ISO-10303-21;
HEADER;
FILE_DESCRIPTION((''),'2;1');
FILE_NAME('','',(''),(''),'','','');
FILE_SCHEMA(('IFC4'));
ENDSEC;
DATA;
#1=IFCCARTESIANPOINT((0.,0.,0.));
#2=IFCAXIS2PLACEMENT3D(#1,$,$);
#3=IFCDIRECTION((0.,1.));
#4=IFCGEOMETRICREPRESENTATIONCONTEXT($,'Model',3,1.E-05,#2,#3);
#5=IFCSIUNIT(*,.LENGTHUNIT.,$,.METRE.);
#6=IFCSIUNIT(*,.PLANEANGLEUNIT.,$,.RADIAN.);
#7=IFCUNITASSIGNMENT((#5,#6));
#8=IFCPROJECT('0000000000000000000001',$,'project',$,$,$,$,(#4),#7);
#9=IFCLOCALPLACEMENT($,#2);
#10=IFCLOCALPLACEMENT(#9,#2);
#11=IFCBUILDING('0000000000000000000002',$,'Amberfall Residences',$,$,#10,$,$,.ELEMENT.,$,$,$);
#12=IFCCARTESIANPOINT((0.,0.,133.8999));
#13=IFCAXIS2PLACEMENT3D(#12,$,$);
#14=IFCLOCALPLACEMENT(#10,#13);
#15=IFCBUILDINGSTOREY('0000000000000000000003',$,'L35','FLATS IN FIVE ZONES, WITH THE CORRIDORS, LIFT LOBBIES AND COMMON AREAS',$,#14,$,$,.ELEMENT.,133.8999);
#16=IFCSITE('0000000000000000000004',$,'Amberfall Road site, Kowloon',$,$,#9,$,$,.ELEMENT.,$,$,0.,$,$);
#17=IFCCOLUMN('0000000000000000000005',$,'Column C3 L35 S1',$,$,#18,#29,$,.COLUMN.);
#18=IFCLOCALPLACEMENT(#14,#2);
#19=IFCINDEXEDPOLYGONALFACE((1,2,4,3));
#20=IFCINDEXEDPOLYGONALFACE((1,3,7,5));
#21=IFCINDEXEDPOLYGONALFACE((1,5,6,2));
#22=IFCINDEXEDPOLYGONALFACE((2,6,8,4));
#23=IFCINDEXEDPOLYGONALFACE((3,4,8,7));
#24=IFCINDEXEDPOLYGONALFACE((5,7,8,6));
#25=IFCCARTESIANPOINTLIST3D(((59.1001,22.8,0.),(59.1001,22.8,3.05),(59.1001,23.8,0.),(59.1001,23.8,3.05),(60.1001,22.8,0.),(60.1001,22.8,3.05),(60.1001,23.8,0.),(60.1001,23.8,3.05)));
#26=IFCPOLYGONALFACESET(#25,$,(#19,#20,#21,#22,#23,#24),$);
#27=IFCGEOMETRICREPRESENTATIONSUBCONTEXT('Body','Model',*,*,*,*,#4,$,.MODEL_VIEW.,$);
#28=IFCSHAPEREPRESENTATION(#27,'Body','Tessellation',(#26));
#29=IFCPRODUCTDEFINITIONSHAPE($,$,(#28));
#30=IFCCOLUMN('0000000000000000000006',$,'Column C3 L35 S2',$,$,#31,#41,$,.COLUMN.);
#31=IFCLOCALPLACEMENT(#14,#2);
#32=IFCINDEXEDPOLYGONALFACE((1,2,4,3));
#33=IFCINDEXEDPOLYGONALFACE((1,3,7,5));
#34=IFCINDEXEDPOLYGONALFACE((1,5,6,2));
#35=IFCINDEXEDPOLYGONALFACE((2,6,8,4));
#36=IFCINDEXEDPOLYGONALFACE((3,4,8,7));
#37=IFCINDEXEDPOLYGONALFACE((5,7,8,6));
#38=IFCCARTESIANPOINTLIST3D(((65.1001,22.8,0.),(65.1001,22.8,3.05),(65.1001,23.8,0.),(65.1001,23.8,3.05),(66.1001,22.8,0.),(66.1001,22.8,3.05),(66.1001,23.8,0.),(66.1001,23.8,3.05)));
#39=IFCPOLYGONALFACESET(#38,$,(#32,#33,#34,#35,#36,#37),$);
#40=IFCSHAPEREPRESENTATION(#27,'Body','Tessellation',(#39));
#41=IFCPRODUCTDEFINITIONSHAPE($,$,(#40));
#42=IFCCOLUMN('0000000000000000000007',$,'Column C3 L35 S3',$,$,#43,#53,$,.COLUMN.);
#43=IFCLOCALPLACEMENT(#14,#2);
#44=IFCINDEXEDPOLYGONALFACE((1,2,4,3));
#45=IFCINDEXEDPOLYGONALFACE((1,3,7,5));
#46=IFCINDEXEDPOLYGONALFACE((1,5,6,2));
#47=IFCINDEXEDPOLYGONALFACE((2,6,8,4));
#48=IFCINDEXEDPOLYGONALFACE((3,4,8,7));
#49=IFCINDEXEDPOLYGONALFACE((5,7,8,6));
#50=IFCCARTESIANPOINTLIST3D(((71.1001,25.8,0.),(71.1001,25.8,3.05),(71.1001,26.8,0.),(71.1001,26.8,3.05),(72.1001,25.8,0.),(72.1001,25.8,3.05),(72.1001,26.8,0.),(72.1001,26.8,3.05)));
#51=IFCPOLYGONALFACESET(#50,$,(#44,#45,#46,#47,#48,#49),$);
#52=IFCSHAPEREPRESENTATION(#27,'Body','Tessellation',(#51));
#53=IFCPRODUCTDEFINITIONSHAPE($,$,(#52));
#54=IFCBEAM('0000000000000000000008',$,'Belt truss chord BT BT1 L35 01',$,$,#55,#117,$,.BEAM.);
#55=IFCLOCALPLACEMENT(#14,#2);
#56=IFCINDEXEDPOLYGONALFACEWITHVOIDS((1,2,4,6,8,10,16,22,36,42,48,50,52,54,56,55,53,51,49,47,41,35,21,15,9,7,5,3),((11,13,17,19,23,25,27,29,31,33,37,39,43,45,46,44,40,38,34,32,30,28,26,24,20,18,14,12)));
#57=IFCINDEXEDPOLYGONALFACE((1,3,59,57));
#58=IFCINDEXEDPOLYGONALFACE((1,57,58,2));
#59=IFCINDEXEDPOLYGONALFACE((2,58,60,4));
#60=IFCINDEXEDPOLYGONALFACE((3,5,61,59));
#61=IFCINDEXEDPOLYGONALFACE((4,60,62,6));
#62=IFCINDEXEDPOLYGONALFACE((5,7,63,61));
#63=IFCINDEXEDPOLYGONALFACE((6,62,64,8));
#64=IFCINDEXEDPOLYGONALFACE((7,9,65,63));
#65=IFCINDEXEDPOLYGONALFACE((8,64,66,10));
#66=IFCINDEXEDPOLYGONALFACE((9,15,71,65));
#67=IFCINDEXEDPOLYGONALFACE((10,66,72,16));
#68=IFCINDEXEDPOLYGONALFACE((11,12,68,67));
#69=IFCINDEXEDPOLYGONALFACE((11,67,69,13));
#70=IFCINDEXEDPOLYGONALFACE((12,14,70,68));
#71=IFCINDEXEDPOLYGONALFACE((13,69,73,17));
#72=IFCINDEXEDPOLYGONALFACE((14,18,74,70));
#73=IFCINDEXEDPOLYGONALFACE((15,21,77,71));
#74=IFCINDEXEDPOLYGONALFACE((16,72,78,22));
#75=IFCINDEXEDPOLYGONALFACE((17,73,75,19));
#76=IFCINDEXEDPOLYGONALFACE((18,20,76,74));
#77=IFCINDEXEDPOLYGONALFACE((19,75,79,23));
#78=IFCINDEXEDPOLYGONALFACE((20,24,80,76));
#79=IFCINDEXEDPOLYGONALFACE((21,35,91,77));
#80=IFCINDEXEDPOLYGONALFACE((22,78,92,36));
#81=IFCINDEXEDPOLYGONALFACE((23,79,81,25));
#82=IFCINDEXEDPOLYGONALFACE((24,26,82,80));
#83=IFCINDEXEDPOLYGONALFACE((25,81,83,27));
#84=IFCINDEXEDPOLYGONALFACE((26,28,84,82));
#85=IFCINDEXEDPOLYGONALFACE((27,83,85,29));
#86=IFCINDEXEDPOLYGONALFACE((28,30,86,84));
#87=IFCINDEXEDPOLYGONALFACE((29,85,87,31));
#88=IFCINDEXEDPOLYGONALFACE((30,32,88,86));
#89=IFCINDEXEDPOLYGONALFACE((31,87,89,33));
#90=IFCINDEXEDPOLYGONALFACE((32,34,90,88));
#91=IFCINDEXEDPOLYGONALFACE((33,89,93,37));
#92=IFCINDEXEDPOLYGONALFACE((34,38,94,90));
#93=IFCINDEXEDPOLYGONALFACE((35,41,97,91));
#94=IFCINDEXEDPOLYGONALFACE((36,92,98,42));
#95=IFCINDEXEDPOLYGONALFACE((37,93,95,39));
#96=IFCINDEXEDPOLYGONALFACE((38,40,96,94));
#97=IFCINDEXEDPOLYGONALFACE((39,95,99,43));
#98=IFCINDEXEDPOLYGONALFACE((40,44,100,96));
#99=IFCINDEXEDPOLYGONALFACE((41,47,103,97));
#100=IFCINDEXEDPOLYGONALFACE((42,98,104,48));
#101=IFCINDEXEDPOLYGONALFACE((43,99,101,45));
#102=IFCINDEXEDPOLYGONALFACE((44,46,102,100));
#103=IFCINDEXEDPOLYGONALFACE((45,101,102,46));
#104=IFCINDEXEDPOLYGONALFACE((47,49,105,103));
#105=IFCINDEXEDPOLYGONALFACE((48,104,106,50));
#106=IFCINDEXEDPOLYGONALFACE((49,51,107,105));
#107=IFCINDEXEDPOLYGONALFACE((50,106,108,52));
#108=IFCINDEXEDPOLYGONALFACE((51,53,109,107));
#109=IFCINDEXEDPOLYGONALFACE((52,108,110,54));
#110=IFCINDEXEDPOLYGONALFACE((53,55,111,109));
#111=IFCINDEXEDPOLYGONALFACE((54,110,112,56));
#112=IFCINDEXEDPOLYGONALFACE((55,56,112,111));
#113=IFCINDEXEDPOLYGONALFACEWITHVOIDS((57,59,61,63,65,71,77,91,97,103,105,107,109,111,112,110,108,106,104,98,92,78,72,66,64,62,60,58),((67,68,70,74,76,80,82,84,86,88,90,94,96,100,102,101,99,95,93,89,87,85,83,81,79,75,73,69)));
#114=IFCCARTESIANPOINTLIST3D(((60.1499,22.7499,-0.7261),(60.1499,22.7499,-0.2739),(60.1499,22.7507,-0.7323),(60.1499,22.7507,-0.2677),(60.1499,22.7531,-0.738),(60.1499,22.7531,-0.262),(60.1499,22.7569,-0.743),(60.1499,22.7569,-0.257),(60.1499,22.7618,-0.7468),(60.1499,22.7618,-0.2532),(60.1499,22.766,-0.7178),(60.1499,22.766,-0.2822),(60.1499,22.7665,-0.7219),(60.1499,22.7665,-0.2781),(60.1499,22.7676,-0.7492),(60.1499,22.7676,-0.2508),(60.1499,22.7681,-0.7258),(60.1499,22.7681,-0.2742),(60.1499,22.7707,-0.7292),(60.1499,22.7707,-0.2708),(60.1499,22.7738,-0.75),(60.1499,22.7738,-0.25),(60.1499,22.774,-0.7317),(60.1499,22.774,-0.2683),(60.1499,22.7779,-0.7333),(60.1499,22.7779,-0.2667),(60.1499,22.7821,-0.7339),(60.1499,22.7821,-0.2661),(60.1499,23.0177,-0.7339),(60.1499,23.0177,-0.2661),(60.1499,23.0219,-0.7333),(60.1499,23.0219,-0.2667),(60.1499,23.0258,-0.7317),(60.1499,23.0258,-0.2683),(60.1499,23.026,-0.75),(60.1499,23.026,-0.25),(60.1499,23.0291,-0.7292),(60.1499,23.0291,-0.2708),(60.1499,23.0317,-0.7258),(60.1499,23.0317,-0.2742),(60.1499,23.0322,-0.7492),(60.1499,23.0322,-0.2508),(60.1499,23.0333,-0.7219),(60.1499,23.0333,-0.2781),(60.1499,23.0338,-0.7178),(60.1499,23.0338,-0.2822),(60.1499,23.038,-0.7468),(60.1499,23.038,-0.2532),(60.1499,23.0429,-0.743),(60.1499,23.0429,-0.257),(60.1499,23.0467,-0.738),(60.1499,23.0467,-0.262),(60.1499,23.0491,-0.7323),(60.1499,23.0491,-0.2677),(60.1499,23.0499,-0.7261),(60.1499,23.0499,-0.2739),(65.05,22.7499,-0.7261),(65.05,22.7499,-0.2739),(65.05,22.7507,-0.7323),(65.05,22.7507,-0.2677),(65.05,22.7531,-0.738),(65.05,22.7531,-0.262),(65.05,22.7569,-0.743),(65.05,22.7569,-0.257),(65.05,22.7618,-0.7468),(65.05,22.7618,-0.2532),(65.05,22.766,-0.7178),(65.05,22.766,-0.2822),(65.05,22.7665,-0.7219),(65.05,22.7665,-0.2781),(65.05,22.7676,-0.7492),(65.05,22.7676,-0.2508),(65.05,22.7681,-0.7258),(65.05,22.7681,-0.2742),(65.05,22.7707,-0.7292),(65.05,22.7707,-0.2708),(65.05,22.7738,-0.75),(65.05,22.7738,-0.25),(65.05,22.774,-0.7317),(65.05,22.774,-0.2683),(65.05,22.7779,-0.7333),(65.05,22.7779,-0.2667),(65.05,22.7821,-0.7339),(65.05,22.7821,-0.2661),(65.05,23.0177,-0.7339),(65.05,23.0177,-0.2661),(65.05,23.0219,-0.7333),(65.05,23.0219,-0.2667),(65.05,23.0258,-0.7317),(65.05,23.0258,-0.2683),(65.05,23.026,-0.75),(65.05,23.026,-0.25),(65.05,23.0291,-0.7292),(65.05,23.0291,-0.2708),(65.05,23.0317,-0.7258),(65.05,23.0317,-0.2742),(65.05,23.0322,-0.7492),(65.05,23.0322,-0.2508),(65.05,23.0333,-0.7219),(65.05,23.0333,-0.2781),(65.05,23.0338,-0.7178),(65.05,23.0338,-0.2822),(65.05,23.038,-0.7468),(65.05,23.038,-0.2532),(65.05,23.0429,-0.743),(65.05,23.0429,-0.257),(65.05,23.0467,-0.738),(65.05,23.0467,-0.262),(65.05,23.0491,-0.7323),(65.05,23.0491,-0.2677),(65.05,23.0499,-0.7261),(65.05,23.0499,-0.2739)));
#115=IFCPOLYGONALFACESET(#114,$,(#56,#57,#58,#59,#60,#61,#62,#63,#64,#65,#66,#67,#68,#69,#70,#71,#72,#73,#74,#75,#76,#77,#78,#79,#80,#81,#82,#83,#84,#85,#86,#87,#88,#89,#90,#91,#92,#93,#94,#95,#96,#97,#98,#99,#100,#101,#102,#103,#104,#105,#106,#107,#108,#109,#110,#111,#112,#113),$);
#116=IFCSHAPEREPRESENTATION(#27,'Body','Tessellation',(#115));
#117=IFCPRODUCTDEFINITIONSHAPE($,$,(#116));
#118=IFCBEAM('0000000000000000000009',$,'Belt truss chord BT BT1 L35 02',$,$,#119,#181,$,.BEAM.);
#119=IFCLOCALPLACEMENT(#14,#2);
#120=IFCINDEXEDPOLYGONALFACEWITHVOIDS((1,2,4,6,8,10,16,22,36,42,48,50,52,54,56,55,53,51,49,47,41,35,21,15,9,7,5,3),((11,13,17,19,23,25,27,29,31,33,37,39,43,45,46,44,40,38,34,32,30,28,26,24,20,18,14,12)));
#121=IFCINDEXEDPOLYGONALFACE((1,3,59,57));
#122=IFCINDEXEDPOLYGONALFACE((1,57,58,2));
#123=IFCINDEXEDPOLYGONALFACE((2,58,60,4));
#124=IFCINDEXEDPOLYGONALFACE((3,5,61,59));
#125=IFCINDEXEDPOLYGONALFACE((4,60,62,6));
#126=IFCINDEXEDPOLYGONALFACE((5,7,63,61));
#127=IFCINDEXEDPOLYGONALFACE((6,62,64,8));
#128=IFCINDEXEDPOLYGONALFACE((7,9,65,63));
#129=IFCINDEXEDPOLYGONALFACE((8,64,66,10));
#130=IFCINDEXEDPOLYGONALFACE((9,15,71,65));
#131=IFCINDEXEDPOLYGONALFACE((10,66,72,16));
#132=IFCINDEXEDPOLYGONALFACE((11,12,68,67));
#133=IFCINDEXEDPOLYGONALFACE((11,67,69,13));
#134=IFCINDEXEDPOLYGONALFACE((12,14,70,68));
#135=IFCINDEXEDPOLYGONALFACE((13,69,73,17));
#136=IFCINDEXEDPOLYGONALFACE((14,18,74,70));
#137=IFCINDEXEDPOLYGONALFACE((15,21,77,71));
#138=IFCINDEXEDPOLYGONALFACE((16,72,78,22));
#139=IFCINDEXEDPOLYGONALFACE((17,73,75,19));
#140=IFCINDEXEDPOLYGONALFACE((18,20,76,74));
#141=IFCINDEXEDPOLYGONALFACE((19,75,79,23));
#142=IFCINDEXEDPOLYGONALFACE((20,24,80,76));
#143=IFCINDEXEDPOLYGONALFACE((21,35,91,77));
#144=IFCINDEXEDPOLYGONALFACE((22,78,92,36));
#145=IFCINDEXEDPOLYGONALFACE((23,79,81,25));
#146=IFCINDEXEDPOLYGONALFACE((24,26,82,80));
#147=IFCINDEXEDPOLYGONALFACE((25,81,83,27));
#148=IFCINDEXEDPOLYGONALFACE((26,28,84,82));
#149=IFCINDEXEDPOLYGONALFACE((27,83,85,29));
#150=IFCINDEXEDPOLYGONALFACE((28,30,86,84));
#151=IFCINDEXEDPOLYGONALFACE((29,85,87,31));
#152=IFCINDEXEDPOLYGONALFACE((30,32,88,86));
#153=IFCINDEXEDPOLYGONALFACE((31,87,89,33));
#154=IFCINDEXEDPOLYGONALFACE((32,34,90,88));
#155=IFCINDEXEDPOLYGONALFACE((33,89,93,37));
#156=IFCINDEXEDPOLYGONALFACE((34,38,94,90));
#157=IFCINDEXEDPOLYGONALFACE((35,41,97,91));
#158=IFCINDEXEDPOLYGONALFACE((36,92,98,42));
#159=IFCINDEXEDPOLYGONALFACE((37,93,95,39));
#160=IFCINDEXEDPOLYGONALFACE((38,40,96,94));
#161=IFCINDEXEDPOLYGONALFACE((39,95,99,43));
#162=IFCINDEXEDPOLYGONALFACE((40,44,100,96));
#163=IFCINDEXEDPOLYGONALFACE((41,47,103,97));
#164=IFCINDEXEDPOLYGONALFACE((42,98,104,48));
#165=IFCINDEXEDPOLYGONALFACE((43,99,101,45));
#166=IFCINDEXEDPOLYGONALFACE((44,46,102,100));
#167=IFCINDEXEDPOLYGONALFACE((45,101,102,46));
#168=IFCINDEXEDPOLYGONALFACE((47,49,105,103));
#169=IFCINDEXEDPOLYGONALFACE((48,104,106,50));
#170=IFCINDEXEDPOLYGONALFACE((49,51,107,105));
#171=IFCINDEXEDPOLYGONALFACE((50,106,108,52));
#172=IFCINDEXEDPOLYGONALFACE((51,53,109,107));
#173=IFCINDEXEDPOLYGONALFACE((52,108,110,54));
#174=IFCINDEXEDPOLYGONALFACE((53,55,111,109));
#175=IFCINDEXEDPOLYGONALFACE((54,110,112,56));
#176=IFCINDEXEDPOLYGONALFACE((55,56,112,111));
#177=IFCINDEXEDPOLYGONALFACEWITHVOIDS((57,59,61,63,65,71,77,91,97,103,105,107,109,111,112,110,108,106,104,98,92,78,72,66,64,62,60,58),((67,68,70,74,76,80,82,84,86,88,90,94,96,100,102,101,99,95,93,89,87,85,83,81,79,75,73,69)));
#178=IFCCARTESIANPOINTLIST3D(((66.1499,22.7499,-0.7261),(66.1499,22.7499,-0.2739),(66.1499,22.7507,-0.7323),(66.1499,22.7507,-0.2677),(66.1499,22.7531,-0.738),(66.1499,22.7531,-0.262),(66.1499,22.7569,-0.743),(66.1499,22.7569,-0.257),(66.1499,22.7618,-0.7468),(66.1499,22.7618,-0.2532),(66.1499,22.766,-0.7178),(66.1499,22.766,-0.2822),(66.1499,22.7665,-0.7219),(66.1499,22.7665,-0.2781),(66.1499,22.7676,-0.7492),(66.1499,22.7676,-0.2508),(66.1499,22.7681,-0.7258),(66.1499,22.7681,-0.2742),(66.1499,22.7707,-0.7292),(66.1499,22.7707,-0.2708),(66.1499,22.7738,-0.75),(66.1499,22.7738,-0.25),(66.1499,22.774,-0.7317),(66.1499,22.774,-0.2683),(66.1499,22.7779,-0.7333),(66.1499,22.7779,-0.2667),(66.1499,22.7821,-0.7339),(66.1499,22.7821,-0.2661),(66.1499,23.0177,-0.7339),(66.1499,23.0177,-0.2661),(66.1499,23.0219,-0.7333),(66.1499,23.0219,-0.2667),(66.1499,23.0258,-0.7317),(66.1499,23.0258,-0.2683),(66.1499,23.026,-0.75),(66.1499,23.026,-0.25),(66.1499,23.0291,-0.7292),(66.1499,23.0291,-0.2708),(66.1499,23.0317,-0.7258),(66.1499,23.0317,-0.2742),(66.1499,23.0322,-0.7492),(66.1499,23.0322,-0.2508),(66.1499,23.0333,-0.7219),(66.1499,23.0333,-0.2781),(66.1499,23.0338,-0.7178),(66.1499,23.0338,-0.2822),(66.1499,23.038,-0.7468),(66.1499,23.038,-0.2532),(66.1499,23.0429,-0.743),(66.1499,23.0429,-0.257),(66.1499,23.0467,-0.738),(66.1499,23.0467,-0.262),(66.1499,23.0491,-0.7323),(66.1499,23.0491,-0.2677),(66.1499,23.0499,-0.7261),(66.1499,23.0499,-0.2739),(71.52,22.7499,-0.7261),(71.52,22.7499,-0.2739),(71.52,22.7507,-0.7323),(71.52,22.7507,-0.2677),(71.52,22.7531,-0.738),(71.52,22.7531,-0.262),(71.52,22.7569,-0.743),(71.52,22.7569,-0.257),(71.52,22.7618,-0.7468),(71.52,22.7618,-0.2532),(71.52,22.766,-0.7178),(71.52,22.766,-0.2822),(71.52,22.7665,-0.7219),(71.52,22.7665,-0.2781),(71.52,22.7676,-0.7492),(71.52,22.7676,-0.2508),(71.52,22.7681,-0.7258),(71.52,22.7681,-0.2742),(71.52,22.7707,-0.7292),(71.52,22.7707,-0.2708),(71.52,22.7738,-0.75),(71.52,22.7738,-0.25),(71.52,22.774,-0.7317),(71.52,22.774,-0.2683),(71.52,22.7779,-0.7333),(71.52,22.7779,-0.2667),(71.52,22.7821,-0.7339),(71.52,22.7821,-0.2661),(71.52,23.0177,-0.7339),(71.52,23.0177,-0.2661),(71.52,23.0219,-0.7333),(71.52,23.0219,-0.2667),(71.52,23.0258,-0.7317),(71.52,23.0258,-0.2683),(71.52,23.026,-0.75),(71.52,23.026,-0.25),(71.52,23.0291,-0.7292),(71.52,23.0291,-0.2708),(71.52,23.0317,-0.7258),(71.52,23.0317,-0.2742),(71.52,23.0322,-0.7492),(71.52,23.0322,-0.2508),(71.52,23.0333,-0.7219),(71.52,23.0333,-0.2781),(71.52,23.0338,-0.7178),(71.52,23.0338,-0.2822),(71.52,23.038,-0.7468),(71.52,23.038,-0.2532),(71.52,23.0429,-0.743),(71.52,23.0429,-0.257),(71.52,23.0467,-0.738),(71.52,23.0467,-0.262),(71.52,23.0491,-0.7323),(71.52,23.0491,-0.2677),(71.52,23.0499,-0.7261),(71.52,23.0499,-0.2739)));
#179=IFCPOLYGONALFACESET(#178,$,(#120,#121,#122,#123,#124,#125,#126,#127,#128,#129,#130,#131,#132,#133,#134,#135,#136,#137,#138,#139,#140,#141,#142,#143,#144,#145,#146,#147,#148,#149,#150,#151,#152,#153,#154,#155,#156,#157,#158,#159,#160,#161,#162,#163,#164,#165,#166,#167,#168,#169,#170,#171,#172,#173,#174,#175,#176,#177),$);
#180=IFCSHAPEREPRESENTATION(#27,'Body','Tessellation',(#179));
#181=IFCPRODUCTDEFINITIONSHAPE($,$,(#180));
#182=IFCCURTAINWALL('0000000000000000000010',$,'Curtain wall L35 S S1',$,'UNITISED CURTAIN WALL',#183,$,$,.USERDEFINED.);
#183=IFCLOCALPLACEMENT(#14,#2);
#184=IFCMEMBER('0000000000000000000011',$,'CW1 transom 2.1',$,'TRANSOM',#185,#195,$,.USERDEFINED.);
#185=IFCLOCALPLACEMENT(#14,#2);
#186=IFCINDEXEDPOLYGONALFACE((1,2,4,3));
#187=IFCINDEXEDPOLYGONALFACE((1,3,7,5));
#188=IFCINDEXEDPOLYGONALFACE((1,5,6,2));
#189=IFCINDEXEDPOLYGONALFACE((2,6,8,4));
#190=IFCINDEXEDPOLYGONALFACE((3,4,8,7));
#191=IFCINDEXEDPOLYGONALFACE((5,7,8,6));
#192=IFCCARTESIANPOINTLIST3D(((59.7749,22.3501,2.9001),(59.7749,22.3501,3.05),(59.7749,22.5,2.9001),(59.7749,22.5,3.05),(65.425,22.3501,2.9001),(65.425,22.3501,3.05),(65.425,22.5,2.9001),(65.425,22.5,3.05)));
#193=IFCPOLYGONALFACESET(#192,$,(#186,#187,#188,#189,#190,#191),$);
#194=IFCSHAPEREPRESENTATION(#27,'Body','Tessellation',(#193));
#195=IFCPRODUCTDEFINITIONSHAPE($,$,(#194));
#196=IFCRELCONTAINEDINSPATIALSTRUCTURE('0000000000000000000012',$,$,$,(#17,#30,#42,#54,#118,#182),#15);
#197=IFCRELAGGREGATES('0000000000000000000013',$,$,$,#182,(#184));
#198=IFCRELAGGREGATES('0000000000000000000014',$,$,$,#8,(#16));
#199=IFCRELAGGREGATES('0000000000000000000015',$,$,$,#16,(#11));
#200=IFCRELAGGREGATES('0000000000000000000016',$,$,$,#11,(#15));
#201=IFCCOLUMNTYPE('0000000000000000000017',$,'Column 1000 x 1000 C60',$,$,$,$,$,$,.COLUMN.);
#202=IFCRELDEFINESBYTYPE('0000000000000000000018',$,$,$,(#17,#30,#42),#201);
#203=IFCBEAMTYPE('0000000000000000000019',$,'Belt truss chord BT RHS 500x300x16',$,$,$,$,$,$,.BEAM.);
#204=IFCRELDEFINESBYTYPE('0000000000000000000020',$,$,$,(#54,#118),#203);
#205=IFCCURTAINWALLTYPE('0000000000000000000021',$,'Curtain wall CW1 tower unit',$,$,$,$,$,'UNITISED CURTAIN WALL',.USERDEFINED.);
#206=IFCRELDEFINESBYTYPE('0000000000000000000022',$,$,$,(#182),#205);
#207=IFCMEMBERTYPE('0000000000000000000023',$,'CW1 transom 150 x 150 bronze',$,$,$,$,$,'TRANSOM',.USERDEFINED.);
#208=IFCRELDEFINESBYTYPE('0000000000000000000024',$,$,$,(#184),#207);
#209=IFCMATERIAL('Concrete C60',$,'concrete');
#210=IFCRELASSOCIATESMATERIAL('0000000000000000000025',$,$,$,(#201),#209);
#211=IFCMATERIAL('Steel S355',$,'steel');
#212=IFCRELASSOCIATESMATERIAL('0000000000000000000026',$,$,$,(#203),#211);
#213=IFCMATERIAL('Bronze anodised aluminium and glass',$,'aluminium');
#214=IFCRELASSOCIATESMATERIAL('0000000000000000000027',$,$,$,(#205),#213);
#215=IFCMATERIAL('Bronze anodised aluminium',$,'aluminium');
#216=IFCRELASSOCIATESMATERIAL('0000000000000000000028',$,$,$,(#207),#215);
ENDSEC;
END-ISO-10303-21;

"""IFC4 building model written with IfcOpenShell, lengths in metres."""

from ifc_helpers import new_model, si_unit, direction, frame, origin, origin_2d, place, context, subcontext, project, spatial, rectangle, hollow_rectangle, extrude, material, material_profile, profile_set, type_object, element, aggregate, save


model = new_model("IFC4")

# Units and contexts
model_context = context("Model", 3, precision=1e-05, world=origin(), true_north=direction((0.0, 1.0)))
body_context = subcontext(model_context, "Body", "Model", "MODEL_VIEW")
ifc_project = project(units=[si_unit("LENGTHUNIT", "METRE"), si_unit("PLANEANGLEUNIT", "RADIAN")], contexts=[model_context])

# Site, building, storey
site_placement = place(None, origin())
site = spatial("IfcSite", under=ifc_project, at=site_placement, Name="Amberfall Road site, Kowloon", CompositionType="ELEMENT", RefElevation=0.0)
building_placement = place(site_placement, origin())
building = spatial("IfcBuilding", under=site, at=building_placement, Name="Amberfall Residences", CompositionType="ELEMENT")
storey_placement = place(building_placement, frame((0.0, 0.0, 133.8999)))
storey = spatial("IfcBuildingStorey", under=building, at=storey_placement, Name="L35", Description="FLATS IN FIVE ZONES, WITH THE CORRIDORS, LIFT LOBBIES AND COMMON AREAS", CompositionType="ELEMENT", Elevation=133.8999)

# Columns
ifc_material_1 = material(Name="Concrete C60", Category="concrete")
ifc_material_profile_1 = material_profile(ifc_material_1, rectangle(XDim=1.0, YDim=1.0, at=origin_2d()), Name="Column 1000 x 1000 C60")
ifc_profile_set_1 = profile_set([ifc_material_profile_1], Name="Concrete C60")
column_type = type_object("IfcColumnType", Name="Column 1000 x 1000 C60", PredefinedType="COLUMN", material=ifc_profile_set_1)
for number, where, z_axis, x_axis, name in (
    (1, (59.6001, 23.3, 0.0), (0.0, 0.0, 1.0), (1.0, 0.0, 0.0), "Column C3 L35 S1"),
    (2, (65.6001, 23.3, 0.0), (0.0, 0.0, 1.0), (1.0, 0.0, 0.0), "Column C3 L35 S2"),
    (3, (71.6001, 26.3, 0.0), (0.0, 0.0, 1.0), (1.0, 0.0, 0.0), "Column C3 L35 S3"),
):
    element("IfcColumn", number, at=place(storey_placement, frame(where, z_axis=z_axis, x_axis=x_axis)), inside=storey, type_object=column_type, Name=name, PredefinedType="COLUMN", context=body_context, shape_type="SweptSolid", body=[
        extrude(rectangle(XDim=1.0, YDim=1.0, at=origin_2d()), origin(), (0.0, 0.0, 1.0), 3.05),
    ])

# Beams
ifc_material_2 = material(Name="Steel S355", Category="steel")
ifc_material_profile_2 = material_profile(ifc_material_2, hollow_rectangle(XDim=0.3, YDim=0.5, WallThickness=0.0161, InnerFilletRadius=0.0161, OuterFilletRadius=0.0239, at=origin_2d()), Name="RHS 500x300x16")
ifc_profile_set_2 = profile_set([ifc_material_profile_2], Name="Steel S355")
beam_type_1 = type_object("IfcBeamType", Name="Belt truss chord BT RHS 500x300x16", PredefinedType="BEAM", material=ifc_profile_set_2)
beam_1_placement = place(storey_placement, frame((60.1499, 22.8999, -0.5), z_axis=(1.0, 0.0, 0.0), x_axis=(0.0, 1.0, 0.0)))
element("IfcBeam", 4, at=beam_1_placement, inside=storey, type_object=beam_type_1, Name="Belt truss chord BT BT1 L35 01", PredefinedType="BEAM", context=body_context, shape_type="SweptSolid", body=[
    extrude(hollow_rectangle(XDim=0.3, YDim=0.5, WallThickness=0.0161, InnerFilletRadius=0.0161, OuterFilletRadius=0.0239, at=origin_2d()), origin(), (0.0, 0.0, 1.0), 4.9001),
])
beam_2_placement = place(storey_placement, frame((66.1499, 22.8999, -0.5), z_axis=(1.0, 0.0, 0.0), x_axis=(0.0, 1.0, 0.0)))
element("IfcBeam", 5, at=beam_2_placement, inside=storey, type_object=beam_type_1, Name="Belt truss chord BT BT1 L35 02", PredefinedType="BEAM", context=body_context, shape_type="SweptSolid", body=[
    extrude(hollow_rectangle(XDim=0.3, YDim=0.5, WallThickness=0.0161, InnerFilletRadius=0.0161, OuterFilletRadius=0.0239, at=origin_2d()), origin(), (0.0, 0.0, 1.0), 5.3701),
])

# Curtain wall, member
ifc_material_3 = material(Name="Bronze anodised aluminium and glass", Category="aluminium")
curtain_wall_type = type_object("IfcCurtainWallType", Name="Curtain wall CW1 tower unit", ElementType="UNITISED CURTAIN WALL", PredefinedType="USERDEFINED", material=ifc_material_3)
curtain_wall_placement = place(storey_placement, origin())
curtain_wall = element("IfcCurtainWall", 6, at=curtain_wall_placement, inside=storey, type_object=curtain_wall_type, Name="Curtain wall L35 S S1", ObjectType="UNITISED CURTAIN WALL", PredefinedType="USERDEFINED")
ifc_material_4 = material(Name="Bronze anodised aluminium", Category="aluminium")
ifc_material_profile_3 = material_profile(ifc_material_4, rectangle(XDim=0.1499, YDim=0.1499, at=origin_2d()), Name="CW1 transom 150 x 150 bronze")
ifc_profile_set_3 = profile_set([ifc_material_profile_3], Name="Bronze anodised aluminium")
member_type_1 = type_object("IfcMemberType", Name="CW1 transom 150 x 150 bronze", ElementType="TRANSOM", PredefinedType="USERDEFINED", material=ifc_profile_set_3)
member_1_placement = place(storey_placement, frame((59.7749, 22.425, 2.9751), z_axis=(1.0, 0.0, 0.0), x_axis=(0.0, 1.0, 0.0)))
member_1 = element("IfcMember", 7, at=member_1_placement, type_object=member_type_1, Name="CW1 transom 2.1", ObjectType="TRANSOM", PredefinedType="USERDEFINED", context=body_context, shape_type="SweptSolid", body=[
    extrude(rectangle(XDim=0.1499, YDim=0.1499, at=origin_2d()), origin(), (0.0, 0.0, 1.0), 5.6501),
])

aggregate(curtain_wall, [member_1])

save(model, "model.ifc")
